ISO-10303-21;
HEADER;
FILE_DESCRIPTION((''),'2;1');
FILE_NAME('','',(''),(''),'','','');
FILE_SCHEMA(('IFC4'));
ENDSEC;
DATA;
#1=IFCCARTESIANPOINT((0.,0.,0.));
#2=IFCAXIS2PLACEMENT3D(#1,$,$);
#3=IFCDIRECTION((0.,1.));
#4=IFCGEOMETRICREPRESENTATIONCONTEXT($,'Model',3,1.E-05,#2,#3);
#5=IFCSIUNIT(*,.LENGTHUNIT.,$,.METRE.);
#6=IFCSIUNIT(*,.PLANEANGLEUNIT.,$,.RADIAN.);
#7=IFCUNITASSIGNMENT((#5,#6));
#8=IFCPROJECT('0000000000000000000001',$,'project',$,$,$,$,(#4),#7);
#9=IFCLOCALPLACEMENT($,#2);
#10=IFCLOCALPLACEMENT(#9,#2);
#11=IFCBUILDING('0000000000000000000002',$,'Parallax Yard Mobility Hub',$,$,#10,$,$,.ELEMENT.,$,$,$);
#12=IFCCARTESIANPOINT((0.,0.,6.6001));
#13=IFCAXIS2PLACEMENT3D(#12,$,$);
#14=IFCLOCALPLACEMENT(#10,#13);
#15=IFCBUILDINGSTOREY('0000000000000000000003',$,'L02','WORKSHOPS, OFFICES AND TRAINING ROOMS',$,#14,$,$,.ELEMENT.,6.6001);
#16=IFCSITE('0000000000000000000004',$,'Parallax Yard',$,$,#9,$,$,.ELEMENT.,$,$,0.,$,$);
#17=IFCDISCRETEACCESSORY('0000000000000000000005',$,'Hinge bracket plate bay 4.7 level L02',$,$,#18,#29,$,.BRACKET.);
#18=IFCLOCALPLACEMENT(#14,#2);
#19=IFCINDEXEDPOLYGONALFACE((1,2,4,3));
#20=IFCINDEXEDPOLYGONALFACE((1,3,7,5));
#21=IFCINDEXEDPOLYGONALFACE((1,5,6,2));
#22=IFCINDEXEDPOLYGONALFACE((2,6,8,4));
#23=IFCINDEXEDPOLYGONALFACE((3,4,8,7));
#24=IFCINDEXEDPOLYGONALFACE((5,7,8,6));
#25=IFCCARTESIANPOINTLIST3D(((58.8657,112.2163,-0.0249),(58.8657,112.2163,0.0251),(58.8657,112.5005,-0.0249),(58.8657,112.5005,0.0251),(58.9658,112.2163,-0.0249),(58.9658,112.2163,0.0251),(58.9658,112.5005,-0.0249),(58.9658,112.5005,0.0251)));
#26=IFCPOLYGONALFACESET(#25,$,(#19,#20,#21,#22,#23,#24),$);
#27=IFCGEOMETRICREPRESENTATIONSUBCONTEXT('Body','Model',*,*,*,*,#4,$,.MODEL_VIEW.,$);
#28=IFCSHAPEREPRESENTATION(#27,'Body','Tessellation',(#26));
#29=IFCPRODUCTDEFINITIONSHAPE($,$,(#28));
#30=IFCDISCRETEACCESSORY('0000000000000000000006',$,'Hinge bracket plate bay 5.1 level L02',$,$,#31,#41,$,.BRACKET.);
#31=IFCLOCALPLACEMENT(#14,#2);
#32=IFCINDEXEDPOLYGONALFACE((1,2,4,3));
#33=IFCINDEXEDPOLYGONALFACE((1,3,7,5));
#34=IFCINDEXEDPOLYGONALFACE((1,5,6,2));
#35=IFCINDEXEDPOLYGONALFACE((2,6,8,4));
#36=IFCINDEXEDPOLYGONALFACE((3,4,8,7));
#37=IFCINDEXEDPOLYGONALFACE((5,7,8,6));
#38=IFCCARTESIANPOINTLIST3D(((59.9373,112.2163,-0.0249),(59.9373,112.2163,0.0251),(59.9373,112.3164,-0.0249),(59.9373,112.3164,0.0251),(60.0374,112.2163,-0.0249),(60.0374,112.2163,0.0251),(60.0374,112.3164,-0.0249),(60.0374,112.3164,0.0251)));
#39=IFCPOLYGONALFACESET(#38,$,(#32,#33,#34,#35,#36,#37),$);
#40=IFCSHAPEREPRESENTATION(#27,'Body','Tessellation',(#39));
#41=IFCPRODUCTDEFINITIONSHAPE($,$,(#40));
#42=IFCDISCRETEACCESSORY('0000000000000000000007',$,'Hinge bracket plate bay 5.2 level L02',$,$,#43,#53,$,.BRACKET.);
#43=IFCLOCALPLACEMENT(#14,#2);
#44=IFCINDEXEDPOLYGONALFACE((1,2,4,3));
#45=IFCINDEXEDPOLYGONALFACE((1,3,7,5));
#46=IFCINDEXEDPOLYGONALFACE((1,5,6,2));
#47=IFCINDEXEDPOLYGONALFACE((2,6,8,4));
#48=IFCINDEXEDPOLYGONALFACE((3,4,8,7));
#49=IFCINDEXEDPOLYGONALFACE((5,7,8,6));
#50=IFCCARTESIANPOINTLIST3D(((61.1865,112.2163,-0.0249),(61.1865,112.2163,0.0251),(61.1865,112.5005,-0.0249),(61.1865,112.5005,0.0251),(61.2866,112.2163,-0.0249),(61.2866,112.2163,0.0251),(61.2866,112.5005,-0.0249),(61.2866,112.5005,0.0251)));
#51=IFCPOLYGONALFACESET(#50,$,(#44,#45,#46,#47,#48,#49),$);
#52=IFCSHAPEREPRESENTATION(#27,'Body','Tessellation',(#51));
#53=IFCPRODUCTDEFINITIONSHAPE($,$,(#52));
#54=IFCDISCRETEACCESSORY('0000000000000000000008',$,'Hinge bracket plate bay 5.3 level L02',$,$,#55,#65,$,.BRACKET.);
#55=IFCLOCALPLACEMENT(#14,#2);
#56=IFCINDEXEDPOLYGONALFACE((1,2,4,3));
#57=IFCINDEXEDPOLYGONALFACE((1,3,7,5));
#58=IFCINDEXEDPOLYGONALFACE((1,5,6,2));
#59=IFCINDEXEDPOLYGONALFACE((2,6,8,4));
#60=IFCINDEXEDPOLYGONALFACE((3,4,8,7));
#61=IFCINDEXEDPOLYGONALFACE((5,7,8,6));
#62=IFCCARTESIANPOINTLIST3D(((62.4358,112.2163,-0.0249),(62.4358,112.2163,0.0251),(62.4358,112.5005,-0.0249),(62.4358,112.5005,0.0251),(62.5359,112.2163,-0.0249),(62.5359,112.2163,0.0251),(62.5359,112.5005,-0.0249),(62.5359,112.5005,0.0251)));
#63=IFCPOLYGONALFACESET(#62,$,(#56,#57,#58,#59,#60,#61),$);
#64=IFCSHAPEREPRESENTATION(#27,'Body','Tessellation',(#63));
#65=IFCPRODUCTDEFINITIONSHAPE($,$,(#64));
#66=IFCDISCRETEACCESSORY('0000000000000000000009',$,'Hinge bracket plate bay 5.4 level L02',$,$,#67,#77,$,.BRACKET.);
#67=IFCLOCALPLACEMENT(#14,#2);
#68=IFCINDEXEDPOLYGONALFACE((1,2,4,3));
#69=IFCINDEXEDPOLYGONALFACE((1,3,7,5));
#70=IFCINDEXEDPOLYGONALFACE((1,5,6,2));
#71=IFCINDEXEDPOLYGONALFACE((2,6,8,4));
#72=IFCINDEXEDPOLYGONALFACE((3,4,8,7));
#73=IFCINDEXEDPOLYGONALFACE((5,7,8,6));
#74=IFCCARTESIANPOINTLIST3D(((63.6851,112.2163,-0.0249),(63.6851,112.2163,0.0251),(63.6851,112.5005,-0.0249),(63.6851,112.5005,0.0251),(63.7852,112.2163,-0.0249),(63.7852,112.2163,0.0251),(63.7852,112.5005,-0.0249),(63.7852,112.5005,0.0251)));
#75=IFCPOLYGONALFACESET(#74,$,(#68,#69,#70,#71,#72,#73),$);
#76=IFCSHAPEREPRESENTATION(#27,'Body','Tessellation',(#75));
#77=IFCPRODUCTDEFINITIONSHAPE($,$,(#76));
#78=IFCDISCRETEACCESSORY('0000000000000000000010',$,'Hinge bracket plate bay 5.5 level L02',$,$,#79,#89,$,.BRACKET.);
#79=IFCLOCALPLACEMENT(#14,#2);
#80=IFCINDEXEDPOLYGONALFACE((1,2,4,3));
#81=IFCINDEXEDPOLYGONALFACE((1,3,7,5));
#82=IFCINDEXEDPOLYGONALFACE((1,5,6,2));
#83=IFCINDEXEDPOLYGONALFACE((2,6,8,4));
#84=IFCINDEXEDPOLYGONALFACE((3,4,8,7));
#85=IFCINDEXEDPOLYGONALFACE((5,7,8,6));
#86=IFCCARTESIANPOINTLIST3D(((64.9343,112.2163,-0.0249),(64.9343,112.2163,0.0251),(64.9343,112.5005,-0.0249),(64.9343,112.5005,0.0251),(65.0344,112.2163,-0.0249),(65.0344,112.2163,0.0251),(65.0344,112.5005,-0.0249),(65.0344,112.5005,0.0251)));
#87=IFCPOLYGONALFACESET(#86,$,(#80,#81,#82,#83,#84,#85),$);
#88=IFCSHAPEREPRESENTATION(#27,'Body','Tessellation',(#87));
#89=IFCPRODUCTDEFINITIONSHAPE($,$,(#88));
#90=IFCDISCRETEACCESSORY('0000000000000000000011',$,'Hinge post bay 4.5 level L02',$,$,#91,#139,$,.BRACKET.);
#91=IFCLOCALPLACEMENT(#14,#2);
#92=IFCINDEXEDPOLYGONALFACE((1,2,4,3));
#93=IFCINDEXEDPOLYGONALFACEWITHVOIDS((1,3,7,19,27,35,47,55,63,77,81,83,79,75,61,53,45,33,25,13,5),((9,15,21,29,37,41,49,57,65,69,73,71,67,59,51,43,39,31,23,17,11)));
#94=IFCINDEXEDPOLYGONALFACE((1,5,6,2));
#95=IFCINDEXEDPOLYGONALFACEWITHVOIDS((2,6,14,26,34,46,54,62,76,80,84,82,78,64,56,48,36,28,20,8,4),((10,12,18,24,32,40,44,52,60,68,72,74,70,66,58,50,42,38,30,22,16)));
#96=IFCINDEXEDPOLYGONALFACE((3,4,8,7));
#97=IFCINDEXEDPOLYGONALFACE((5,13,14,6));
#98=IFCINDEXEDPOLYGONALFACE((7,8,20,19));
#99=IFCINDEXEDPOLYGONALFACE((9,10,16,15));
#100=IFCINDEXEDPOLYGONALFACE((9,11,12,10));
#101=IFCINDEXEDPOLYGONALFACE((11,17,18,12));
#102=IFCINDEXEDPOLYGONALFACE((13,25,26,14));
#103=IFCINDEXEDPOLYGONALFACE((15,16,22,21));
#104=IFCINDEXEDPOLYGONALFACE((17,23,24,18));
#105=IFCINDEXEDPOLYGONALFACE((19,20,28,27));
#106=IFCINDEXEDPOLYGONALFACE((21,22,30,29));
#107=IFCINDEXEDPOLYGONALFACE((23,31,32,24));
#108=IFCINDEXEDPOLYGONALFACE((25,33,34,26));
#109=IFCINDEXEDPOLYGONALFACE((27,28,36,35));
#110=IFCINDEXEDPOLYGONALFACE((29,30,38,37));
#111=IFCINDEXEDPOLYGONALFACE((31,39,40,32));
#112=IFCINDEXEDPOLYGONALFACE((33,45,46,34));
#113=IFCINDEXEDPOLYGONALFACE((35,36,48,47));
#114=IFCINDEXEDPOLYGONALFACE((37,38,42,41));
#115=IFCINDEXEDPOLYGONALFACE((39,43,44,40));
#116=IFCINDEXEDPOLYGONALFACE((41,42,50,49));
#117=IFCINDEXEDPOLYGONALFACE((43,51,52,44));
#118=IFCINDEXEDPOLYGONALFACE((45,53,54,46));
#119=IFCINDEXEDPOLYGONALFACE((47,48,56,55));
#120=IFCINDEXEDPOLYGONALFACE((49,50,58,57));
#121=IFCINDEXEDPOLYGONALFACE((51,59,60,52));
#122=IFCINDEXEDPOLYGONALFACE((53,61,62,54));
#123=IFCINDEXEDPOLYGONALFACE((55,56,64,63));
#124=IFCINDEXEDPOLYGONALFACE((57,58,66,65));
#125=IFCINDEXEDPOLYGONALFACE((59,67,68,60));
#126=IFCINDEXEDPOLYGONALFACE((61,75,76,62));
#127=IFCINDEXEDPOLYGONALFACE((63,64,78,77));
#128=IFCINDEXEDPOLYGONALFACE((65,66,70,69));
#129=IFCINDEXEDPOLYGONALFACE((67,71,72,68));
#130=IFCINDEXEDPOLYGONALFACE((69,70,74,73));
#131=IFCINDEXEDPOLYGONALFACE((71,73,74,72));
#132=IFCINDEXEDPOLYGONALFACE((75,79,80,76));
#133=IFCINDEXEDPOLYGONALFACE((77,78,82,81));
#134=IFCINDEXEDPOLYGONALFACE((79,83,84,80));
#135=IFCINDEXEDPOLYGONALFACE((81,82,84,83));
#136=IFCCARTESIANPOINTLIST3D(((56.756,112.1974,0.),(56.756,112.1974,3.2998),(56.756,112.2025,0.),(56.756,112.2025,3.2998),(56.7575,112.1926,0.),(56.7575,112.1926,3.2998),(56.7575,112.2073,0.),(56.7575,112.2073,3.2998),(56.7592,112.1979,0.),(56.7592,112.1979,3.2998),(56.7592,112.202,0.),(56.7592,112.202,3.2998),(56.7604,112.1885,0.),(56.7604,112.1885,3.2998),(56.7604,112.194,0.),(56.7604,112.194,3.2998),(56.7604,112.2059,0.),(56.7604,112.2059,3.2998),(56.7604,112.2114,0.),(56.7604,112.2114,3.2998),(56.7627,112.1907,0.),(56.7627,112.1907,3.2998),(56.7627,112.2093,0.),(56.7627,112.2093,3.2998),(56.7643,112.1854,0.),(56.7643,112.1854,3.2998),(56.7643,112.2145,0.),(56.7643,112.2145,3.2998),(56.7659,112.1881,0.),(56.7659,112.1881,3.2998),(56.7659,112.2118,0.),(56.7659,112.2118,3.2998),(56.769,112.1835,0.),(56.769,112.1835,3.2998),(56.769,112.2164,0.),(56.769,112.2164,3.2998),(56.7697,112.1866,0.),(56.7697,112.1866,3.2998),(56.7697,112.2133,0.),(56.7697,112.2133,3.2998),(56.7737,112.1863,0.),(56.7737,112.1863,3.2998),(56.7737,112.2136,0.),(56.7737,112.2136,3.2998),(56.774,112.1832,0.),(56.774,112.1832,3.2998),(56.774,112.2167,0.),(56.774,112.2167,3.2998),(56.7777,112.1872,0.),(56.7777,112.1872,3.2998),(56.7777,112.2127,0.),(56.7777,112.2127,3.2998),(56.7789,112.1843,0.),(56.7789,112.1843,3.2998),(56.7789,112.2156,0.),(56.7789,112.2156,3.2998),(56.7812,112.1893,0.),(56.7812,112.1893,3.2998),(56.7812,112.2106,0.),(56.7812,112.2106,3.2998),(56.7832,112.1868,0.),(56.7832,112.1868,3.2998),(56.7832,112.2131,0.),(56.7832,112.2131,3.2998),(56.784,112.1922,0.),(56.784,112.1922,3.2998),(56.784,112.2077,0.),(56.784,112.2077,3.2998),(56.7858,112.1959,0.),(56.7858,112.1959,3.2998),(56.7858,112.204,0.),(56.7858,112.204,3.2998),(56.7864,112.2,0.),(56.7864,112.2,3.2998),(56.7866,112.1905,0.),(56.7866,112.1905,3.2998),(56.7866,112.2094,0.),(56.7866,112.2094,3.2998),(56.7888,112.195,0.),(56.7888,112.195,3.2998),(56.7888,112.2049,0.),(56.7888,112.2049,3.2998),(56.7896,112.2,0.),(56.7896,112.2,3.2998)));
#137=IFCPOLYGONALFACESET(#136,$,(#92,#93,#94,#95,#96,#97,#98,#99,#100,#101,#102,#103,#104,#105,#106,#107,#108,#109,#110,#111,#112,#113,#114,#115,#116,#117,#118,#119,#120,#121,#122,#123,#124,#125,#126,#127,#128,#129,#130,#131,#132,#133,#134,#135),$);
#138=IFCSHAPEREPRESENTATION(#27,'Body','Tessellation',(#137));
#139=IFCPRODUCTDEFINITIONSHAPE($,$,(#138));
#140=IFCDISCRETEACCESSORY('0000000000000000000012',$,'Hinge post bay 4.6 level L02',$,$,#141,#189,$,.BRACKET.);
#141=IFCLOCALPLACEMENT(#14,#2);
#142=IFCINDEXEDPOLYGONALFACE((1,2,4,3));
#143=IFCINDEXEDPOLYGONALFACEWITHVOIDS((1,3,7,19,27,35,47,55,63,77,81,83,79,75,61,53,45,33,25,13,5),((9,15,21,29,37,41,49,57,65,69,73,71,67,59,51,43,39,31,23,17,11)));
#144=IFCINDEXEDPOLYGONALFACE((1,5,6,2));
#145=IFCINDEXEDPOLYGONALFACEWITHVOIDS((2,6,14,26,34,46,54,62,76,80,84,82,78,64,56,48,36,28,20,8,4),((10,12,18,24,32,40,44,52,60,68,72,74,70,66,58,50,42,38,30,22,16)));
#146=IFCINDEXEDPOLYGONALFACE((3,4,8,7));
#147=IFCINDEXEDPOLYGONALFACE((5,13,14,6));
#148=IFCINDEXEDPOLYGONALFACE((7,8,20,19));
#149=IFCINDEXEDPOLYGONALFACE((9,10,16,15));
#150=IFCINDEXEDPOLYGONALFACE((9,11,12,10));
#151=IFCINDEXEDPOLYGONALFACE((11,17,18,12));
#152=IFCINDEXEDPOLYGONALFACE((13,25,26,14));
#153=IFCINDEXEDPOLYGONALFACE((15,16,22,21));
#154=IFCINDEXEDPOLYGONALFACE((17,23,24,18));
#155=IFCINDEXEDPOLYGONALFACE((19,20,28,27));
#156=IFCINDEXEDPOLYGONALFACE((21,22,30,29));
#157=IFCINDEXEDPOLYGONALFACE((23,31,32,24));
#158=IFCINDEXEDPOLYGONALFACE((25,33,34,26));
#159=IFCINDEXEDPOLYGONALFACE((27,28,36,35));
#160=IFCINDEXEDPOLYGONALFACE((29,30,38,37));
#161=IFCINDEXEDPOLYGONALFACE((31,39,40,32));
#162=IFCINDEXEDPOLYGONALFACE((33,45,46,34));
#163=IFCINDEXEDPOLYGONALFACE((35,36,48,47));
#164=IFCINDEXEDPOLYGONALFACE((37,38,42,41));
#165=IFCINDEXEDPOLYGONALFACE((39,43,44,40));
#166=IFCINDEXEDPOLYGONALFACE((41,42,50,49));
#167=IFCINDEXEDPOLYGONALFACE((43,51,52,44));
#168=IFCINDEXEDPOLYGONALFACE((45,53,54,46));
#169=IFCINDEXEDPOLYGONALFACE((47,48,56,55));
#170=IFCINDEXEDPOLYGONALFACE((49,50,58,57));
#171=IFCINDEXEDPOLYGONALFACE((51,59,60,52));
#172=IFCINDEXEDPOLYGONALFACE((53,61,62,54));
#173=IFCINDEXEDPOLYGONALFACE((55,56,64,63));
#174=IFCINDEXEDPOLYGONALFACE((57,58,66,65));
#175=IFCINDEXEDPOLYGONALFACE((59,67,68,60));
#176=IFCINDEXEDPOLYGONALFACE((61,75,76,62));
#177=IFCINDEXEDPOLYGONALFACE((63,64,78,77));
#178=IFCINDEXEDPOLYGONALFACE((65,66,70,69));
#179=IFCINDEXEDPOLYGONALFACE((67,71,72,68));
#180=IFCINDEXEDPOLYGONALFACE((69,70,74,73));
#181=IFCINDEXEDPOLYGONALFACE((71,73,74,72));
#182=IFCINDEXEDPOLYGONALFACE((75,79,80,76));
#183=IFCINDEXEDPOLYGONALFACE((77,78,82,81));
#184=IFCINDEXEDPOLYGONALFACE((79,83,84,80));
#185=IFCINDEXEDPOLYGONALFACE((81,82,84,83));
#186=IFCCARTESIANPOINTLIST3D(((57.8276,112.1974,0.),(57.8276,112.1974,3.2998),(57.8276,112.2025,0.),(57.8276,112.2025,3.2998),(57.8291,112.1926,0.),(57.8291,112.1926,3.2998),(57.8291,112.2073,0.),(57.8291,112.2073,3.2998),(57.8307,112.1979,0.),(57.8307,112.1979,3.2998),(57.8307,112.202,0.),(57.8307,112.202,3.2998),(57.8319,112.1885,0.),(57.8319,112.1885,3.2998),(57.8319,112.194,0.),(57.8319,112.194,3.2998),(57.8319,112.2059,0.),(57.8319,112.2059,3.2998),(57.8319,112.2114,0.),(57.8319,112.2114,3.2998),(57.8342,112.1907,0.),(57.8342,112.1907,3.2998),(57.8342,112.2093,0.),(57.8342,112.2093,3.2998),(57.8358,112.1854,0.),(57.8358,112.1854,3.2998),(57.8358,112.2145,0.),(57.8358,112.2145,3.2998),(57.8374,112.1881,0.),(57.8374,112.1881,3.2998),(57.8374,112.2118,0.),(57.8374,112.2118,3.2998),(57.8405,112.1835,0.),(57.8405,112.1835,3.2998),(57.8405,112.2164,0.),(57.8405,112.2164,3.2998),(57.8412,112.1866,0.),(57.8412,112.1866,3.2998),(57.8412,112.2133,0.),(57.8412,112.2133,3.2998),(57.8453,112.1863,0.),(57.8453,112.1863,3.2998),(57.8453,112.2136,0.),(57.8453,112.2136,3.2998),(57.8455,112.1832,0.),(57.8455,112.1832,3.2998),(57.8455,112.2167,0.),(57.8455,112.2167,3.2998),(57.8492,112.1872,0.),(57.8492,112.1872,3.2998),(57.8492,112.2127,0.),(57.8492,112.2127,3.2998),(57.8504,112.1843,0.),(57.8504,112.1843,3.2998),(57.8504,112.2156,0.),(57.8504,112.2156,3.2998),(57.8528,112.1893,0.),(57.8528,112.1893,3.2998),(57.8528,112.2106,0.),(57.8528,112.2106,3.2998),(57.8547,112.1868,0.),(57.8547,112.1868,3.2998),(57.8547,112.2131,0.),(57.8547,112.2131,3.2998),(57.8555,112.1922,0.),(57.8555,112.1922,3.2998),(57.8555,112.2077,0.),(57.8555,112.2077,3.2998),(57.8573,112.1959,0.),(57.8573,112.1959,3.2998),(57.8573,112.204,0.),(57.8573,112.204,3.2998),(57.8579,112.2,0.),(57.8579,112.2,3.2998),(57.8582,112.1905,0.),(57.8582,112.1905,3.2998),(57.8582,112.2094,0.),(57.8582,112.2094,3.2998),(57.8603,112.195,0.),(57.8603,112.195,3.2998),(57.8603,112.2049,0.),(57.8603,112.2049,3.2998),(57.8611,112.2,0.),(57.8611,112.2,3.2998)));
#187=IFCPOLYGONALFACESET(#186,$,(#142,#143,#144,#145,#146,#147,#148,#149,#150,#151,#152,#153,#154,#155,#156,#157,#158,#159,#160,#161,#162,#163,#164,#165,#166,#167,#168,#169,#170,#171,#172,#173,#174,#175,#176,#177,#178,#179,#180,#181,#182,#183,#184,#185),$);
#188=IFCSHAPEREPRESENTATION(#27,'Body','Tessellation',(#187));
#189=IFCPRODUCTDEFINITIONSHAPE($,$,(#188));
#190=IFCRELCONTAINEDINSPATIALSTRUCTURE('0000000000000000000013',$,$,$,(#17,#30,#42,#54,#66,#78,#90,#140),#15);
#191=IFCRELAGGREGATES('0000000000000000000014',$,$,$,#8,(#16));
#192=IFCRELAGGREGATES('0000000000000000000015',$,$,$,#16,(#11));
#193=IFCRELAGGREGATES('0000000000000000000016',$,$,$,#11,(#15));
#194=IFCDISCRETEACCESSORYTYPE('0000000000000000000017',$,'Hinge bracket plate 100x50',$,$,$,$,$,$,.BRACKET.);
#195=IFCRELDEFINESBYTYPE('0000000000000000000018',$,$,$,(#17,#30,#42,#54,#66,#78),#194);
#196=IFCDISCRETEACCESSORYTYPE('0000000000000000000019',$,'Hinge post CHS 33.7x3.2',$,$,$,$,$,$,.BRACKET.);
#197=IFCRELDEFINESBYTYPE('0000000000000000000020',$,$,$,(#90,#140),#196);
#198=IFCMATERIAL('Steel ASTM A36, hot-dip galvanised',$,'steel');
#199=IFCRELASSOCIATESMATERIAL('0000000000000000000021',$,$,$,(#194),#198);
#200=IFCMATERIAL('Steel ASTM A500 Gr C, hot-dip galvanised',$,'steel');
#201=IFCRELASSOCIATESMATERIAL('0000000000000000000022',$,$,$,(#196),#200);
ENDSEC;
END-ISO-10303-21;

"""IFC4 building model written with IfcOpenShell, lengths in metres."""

from ifc_helpers import new_model, si_unit, direction, frame, origin, origin_2d, place, context, subcontext, project, spatial, rectangle, hollow_circle, extrude, material, material_profile, profile_set, type_object, element, save


model = new_model("IFC4")

# Units and contexts
model_context = context("Model", 3, precision=1e-05, world=origin(), true_north=direction((0.0, 1.0)))
body_context = subcontext(model_context, "Body", "Model", "MODEL_VIEW")
ifc_project = project(units=[si_unit("LENGTHUNIT", "METRE"), si_unit("PLANEANGLEUNIT", "RADIAN")], contexts=[model_context])

# Site, building, storey
site_placement = place(None, origin())
site = spatial("IfcSite", under=ifc_project, at=site_placement, Name="Parallax Yard", CompositionType="ELEMENT", RefElevation=0.0)
building_placement = place(site_placement, origin())
building = spatial("IfcBuilding", under=site, at=building_placement, Name="Parallax Yard Mobility Hub", CompositionType="ELEMENT")
storey_placement = place(building_placement, frame((0.0, 0.0, 6.6001)))
storey = spatial("IfcBuildingStorey", under=building, at=storey_placement, Name="L02", Description="WORKSHOPS, OFFICES AND TRAINING ROOMS", CompositionType="ELEMENT", Elevation=6.6001)

# Discrete accessories
ifc_material_1 = material(Name="Steel ASTM A36, hot-dip galvanised", Category="steel")
discrete_accessory_type_1 = type_object("IfcDiscreteAccessoryType", Name="Hinge bracket plate 100x50", PredefinedType="BRACKET", material=ifc_material_1)
for number, where, z_axis, x_axis, name in (
    (1, (58.9158, 112.3584, -0.0249), (0.0, 0.0, 1.0), (0.0, -1.0, 0.0), "Hinge bracket plate bay 4.7 level L02"),
):
    element("IfcDiscreteAccessory", number, at=place(storey_placement, frame(where, z_axis=z_axis, x_axis=x_axis)), inside=storey, type_object=discrete_accessory_type_1, Name=name, PredefinedType="BRACKET", context=body_context, shape_type="SweptSolid", body=[
        extrude(rectangle(XDim=0.2842, YDim=0.1001, at=origin_2d()), origin(), (0.0, 0.0, 1.0), 0.05),
    ])
discrete_accessory_placement = place(storey_placement, frame((59.9873, 112.2664, -0.0249), z_axis=(0.0, 0.0, 1.0), x_axis=(0.0, -1.0, 0.0)))
element("IfcDiscreteAccessory", 2, at=discrete_accessory_placement, inside=storey, type_object=discrete_accessory_type_1, Name="Hinge bracket plate bay 5.1 level L02", PredefinedType="BRACKET", context=body_context, shape_type="SweptSolid", body=[
    extrude(rectangle(XDim=0.1001, YDim=0.1001, at=origin_2d()), origin(), (0.0, 0.0, 1.0), 0.05),
])
for number, where, z_axis, x_axis, name in (
    (3, (61.2366, 112.3584, -0.0249), (0.0, 0.0, 1.0), (0.0, -1.0, 0.0), "Hinge bracket plate bay 5.2 level L02"),
    (4, (62.4858, 112.3584, -0.0249), (0.0, 0.0, 1.0), (0.0, -1.0, 0.0), "Hinge bracket plate bay 5.3 level L02"),
    (5, (63.7351, 112.3584, -0.0249), (0.0, 0.0, 1.0), (0.0, -1.0, 0.0), "Hinge bracket plate bay 5.4 level L02"),
    (6, (64.9844, 112.3584, -0.0249), (0.0, 0.0, 1.0), (0.0, -1.0, 0.0), "Hinge bracket plate bay 5.5 level L02"),
):
    element("IfcDiscreteAccessory", number, at=place(storey_placement, frame(where, z_axis=z_axis, x_axis=x_axis)), inside=storey, type_object=discrete_accessory_type_1, Name=name, PredefinedType="BRACKET", context=body_context, shape_type="SweptSolid", body=[
        extrude(rectangle(XDim=0.2842, YDim=0.1001, at=origin_2d()), origin(), (0.0, 0.0, 1.0), 0.05),
    ])
ifc_material_2 = material(Name="Steel ASTM A500 Gr C, hot-dip galvanised", Category="steel")
ifc_material_profile_1 = material_profile(ifc_material_2, hollow_circle(Radius=0.0168, WallThickness=0.0032, at=origin_2d()), Name="CHS 33.7x3.2")
ifc_profile_set_1 = profile_set([ifc_material_profile_1], Name="Steel ASTM A500 Gr C, hot-dip galvanised")
discrete_accessory_type_2 = type_object("IfcDiscreteAccessoryType", Name="Hinge post CHS 33.7x3.2", PredefinedType="BRACKET", material=ifc_profile_set_1)
for number, where, z_axis, x_axis, name in (
    (7, (56.7727, 112.2, 0.0), (0.0, 0.0, 1.0), (1.0, 0.0, 0.0), "Hinge post bay 4.5 level L02"),
    (8, (57.8442, 112.2, 0.0), (0.0, 0.0, 1.0), (1.0, 0.0, 0.0), "Hinge post bay 4.6 level L02"),
):
    element("IfcDiscreteAccessory", number, at=place(storey_placement, frame(where, z_axis=z_axis, x_axis=x_axis)), inside=storey, type_object=discrete_accessory_type_2, Name=name, PredefinedType="BRACKET", context=body_context, shape_type="SweptSolid", body=[
        extrude(hollow_circle(Radius=0.0168, WallThickness=0.0032, at=origin_2d()), origin(), (0.0, 0.0, 1.0), 3.2998),
    ])

save(model, "model.ifc")
